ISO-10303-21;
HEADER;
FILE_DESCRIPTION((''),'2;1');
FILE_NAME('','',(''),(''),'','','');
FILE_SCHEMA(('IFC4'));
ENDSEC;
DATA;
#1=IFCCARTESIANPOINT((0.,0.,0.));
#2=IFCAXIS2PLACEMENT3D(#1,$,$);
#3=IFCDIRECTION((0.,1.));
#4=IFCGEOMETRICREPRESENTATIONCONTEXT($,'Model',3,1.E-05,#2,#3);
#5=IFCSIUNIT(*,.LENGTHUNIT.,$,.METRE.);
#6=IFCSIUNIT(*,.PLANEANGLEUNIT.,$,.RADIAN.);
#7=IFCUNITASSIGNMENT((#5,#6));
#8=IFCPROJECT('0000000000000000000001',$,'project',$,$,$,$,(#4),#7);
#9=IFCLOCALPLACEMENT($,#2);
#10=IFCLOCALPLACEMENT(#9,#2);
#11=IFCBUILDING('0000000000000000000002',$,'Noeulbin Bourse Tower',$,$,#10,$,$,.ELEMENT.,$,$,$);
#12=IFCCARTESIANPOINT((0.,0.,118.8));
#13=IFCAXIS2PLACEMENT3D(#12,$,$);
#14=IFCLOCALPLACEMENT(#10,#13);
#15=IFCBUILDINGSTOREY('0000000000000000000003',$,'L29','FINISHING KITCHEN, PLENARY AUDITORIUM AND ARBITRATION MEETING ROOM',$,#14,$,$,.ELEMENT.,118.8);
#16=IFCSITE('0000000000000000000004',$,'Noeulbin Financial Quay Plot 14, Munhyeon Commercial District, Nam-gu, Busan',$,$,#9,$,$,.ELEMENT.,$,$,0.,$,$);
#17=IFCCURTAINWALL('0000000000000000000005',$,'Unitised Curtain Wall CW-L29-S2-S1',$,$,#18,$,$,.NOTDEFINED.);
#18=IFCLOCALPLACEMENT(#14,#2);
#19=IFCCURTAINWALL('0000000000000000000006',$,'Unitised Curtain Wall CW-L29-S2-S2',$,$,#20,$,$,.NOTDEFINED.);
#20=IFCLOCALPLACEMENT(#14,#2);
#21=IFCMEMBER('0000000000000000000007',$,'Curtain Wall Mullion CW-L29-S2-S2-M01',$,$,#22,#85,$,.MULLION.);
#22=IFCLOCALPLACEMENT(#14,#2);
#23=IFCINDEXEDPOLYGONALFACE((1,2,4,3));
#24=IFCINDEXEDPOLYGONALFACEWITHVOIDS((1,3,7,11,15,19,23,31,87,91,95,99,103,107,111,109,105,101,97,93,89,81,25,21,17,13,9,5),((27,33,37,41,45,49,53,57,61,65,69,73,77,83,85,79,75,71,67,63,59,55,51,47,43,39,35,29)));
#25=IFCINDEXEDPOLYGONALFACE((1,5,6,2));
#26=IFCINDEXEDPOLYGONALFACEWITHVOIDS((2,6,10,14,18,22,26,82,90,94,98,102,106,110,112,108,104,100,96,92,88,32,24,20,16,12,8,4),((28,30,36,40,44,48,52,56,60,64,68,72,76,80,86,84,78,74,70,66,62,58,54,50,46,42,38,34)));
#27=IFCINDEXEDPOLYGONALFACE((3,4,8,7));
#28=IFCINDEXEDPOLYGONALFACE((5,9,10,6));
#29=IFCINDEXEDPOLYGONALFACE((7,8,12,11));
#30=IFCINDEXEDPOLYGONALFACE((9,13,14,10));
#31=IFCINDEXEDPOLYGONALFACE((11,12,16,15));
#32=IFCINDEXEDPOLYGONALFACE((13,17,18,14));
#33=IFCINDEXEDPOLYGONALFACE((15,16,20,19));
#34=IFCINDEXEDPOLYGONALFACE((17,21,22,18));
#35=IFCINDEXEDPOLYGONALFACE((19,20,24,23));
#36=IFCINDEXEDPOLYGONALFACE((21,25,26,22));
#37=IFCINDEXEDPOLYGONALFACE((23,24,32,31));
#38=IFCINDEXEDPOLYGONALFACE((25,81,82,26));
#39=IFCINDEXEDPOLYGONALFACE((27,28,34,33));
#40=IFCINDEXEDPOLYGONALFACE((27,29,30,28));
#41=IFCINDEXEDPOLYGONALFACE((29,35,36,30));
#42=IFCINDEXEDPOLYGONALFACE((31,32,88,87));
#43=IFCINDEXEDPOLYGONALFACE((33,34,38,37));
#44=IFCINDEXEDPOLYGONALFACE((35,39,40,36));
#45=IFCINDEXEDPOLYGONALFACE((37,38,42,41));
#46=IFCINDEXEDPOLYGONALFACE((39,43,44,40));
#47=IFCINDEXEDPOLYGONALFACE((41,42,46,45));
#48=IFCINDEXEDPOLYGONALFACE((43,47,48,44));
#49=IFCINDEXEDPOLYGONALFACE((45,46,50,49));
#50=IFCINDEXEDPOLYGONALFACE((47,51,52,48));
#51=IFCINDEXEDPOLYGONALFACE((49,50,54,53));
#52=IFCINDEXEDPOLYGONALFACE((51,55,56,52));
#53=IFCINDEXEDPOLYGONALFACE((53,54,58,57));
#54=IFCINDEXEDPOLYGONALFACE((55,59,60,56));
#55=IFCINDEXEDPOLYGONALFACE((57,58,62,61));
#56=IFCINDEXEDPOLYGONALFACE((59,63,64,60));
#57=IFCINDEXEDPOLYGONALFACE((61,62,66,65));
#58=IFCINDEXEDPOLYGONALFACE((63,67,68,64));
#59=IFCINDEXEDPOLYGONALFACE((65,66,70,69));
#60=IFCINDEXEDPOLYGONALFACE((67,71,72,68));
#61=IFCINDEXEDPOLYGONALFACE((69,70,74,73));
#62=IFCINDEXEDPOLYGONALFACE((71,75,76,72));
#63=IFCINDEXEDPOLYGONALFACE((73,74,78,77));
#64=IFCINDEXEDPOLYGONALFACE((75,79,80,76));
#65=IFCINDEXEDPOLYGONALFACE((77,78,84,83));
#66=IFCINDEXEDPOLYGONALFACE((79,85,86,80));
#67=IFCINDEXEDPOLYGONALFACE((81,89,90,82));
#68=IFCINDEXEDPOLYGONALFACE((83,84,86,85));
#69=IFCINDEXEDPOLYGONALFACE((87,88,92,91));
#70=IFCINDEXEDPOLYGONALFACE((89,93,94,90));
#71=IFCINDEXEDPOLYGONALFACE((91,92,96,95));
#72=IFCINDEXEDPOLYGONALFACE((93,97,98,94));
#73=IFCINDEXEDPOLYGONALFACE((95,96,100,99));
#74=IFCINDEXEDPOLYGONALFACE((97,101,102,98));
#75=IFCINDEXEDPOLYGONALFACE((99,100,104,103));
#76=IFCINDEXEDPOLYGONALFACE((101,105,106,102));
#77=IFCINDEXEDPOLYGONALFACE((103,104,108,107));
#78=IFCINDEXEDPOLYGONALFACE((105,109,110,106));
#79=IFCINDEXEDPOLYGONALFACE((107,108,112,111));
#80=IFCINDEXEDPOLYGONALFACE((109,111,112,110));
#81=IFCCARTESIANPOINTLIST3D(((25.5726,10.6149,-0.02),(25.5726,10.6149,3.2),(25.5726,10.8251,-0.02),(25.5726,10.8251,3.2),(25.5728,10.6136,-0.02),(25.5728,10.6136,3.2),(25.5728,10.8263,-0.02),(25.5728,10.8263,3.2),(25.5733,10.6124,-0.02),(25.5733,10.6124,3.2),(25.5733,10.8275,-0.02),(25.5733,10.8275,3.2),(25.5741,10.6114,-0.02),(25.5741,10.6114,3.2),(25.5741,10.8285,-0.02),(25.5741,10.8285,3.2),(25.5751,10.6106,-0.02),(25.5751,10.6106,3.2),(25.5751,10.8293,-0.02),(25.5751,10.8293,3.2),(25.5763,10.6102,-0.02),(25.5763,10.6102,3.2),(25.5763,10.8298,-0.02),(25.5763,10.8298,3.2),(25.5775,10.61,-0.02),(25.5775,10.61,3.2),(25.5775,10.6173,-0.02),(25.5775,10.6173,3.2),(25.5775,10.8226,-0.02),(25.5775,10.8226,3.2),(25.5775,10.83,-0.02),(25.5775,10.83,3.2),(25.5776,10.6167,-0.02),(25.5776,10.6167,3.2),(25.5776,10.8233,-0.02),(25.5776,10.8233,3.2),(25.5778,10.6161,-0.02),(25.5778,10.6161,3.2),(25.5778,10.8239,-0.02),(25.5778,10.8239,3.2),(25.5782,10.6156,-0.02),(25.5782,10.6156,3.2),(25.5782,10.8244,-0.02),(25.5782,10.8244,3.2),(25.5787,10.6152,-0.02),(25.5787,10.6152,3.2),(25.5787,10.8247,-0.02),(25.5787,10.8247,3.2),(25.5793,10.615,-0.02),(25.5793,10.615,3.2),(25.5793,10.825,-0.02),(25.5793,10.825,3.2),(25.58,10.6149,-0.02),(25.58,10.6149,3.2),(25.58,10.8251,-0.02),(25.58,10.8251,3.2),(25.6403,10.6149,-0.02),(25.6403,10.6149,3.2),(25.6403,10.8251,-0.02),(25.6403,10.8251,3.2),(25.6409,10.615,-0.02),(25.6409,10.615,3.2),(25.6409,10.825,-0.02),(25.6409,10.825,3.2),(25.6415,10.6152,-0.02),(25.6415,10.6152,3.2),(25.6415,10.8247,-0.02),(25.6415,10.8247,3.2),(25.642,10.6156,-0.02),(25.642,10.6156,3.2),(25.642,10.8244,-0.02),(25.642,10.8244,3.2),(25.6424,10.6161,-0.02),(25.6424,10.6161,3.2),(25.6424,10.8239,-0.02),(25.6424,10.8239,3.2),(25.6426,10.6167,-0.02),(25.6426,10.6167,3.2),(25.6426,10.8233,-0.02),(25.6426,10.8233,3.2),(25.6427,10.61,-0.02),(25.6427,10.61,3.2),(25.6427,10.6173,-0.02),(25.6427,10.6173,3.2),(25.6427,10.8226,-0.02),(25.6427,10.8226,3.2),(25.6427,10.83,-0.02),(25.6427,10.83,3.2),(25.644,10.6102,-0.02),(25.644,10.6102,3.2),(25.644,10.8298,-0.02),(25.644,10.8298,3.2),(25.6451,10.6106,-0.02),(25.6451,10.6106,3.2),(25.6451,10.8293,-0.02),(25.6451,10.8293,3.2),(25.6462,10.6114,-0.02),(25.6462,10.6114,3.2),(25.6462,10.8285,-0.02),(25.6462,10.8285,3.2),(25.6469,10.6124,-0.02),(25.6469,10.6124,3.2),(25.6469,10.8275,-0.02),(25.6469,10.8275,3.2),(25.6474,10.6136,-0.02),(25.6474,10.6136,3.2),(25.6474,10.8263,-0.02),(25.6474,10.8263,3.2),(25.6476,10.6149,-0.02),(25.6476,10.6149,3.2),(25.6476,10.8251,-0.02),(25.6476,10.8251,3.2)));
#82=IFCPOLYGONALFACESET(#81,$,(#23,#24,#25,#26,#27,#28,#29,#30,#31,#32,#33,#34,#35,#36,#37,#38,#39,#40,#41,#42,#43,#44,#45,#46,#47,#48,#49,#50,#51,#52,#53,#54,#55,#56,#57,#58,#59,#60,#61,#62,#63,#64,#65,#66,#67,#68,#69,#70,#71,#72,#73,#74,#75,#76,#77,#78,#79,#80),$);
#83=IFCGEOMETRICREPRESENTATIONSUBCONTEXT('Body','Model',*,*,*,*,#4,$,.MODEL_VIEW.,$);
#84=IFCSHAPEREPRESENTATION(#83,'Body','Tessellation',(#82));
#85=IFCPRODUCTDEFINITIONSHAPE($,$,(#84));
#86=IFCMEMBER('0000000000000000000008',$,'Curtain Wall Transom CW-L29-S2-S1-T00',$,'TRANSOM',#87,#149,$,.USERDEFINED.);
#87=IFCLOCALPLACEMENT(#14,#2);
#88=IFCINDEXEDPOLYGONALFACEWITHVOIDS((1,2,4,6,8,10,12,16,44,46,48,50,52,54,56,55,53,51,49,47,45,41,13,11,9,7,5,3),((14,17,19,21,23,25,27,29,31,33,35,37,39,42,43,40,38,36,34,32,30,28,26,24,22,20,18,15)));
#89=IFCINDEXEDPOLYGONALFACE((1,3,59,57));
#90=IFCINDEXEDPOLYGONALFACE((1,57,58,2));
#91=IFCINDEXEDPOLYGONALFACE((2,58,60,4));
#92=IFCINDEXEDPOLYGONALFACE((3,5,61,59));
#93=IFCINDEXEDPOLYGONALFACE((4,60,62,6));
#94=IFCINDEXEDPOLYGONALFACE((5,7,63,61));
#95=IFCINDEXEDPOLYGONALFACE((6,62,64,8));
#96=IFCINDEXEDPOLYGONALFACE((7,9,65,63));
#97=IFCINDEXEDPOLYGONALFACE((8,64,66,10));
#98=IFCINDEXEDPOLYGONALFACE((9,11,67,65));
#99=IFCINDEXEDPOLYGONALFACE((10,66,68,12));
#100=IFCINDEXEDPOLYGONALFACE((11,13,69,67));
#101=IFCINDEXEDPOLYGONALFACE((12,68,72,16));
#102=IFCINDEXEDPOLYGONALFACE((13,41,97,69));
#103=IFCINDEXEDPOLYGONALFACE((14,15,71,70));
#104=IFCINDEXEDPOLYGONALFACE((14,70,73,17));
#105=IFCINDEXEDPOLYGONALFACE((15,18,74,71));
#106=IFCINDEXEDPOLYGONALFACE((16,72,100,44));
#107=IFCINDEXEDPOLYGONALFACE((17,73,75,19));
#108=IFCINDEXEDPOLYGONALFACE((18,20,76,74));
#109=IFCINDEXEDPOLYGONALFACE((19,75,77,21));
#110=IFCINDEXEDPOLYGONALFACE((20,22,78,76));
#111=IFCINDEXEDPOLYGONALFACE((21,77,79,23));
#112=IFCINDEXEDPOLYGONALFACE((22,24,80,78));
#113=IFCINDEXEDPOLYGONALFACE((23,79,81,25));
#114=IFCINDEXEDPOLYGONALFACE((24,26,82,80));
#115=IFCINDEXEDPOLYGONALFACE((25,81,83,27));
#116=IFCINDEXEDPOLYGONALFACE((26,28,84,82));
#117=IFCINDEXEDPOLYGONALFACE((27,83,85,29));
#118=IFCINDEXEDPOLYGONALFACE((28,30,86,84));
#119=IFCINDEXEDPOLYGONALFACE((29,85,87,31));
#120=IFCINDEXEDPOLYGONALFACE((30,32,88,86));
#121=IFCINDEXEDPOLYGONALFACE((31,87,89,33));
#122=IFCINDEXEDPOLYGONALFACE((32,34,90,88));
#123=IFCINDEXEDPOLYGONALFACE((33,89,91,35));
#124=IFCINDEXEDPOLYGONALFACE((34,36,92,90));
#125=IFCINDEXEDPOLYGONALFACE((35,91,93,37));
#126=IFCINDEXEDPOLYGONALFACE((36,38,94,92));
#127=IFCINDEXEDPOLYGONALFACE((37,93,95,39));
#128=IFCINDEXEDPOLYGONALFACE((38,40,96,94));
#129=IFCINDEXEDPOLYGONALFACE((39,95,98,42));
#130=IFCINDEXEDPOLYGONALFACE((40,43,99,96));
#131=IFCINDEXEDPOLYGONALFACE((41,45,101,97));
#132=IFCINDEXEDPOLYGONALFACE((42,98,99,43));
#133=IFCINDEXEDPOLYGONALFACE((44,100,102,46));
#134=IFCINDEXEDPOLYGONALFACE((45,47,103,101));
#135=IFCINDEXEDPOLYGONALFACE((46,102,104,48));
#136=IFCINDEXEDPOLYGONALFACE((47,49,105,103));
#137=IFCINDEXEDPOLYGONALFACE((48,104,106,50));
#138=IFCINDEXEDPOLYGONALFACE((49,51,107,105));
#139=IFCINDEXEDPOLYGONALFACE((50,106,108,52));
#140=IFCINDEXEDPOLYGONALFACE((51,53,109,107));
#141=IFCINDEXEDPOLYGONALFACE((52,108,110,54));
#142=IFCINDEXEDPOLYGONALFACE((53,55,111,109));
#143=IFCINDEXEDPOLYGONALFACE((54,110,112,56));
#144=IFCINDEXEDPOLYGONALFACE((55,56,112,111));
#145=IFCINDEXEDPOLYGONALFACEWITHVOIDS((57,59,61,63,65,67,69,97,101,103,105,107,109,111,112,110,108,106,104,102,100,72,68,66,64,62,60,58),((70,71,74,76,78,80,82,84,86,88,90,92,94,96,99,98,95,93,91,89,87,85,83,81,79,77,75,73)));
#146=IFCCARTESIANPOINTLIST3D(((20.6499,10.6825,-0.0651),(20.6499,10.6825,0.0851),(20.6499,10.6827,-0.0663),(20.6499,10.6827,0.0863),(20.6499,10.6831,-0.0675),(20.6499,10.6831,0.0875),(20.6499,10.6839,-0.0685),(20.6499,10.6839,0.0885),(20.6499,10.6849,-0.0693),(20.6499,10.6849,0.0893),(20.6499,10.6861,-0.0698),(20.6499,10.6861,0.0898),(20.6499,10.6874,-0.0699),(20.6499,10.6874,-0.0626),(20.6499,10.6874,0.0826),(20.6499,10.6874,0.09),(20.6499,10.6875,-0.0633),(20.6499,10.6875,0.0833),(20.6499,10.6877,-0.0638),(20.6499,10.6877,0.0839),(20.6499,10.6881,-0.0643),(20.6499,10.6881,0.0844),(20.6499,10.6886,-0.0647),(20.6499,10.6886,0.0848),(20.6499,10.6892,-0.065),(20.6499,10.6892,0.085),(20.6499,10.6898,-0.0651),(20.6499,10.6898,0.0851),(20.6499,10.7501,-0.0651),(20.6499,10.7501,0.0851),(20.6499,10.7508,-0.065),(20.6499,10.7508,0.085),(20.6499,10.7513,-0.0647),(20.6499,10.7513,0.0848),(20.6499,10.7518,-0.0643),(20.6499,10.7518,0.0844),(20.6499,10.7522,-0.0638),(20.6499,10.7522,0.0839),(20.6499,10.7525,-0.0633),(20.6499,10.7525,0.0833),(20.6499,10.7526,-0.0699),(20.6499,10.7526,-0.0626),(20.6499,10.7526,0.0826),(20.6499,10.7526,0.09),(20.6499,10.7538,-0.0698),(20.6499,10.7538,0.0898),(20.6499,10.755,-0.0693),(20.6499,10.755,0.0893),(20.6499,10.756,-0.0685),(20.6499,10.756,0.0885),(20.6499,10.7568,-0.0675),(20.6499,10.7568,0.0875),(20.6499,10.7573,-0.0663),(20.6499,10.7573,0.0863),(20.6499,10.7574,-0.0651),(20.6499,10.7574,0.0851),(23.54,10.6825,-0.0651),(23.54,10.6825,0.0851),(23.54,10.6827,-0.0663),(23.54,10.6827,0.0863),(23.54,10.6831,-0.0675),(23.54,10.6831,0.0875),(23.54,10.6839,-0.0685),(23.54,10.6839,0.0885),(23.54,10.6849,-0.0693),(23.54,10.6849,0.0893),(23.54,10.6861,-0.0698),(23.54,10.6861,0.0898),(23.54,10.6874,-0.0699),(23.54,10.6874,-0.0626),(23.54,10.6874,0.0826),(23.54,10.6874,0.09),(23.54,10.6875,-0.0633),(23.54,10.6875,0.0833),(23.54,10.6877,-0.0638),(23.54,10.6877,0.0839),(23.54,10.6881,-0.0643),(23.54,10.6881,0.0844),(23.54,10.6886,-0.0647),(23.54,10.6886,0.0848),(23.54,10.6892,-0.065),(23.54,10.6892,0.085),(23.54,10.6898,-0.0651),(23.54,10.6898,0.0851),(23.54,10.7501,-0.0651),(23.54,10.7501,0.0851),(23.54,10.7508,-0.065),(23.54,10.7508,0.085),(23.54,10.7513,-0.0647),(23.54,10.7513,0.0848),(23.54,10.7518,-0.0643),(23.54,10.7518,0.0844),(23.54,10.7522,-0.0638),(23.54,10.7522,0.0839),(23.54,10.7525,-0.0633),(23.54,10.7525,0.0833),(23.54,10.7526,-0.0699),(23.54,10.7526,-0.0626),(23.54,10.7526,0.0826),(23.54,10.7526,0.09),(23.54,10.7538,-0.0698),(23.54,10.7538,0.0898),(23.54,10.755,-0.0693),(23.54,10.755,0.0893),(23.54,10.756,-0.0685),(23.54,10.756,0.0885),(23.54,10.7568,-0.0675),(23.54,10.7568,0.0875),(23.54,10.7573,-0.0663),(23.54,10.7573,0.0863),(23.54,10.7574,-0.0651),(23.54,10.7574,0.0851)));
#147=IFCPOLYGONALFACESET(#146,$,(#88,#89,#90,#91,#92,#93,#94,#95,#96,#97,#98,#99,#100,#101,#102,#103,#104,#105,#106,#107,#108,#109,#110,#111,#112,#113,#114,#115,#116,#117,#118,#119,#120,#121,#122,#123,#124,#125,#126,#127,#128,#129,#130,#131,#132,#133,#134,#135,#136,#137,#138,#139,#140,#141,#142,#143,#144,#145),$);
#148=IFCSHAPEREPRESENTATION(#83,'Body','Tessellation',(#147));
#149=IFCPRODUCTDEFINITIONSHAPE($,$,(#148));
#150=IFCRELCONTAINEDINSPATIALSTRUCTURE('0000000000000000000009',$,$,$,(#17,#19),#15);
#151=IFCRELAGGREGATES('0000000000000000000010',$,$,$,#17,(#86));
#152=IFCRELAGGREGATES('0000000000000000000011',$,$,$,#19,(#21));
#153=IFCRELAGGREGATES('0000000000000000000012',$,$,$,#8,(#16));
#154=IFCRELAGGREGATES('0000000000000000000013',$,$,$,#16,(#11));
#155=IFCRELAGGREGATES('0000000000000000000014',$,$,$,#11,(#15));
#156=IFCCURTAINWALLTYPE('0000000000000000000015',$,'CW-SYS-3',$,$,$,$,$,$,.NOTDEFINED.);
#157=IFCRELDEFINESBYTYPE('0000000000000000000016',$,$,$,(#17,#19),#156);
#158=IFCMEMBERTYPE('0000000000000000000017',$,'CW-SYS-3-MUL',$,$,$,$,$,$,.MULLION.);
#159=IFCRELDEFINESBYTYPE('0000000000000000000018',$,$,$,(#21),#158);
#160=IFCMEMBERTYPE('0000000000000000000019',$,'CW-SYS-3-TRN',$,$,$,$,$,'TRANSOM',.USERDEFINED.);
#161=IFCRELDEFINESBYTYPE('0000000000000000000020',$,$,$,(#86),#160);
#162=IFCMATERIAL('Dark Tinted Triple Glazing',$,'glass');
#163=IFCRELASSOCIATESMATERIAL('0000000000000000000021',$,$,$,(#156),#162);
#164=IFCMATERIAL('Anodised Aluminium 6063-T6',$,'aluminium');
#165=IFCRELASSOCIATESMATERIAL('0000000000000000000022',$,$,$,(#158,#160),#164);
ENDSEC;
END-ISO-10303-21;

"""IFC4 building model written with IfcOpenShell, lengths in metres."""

from ifc_helpers import new_model, si_unit, direction, frame, origin, origin_2d, place, context, subcontext, project, spatial, hollow_rectangle, extrude, material, material_profile, profile_set, type_object, element, aggregate, save


model = new_model("IFC4")

# Units and contexts
model_context = context("Model", 3, precision=1e-05, world=origin(), true_north=direction((0.0, 1.0)))
body_context = subcontext(model_context, "Body", "Model", "MODEL_VIEW")
ifc_project = project(units=[si_unit("LENGTHUNIT", "METRE"), si_unit("PLANEANGLEUNIT", "RADIAN")], contexts=[model_context])

# Site, building, storey
site_placement = place(None, origin())
site = spatial("IfcSite", under=ifc_project, at=site_placement, Name="Noeulbin Financial Quay Plot 14, Munhyeon Commercial District, Nam-gu, Busan", CompositionType="ELEMENT", RefElevation=0.0)
building_placement = place(site_placement, origin())
building = spatial("IfcBuilding", under=site, at=building_placement, Name="Noeulbin Bourse Tower", CompositionType="ELEMENT")
storey_placement = place(building_placement, frame((0.0, 0.0, 118.8)))
storey = spatial("IfcBuildingStorey", under=building, at=storey_placement, Name="L29", Description="FINISHING KITCHEN, PLENARY AUDITORIUM AND ARBITRATION MEETING ROOM", CompositionType="ELEMENT", Elevation=118.8)

# Shared definitions
ifc_material_1 = material(Name="Dark Tinted Triple Glazing", Category="glass")
curtain_wall_type = type_object("IfcCurtainWallType", Name="CW-SYS-3", PredefinedType="NOTDEFINED", material=ifc_material_1)
ifc_material_2 = material(Name="Anodised Aluminium 6063-T6", Category="aluminium")
ifc_material_profile_1 = material_profile(ifc_material_2, hollow_rectangle(XDim=0.075, YDim=0.22, WallThickness=0.0049, InnerFilletRadius=0.0024, OuterFilletRadius=0.0049, at=origin_2d()), Name="ALU-MULL-75x220x5", Category="LoadBearing")
ifc_profile_set_1 = profile_set([ifc_material_profile_1], Name="Anodised Aluminium 6063-T6")
member_type_1 = type_object("IfcMemberType", Name="CW-SYS-3-MUL", PredefinedType="MULLION", material=ifc_profile_set_1)

# Curtain walls, member
curtain_wall_1_placement = place(storey_placement, origin())
curtain_wall_1 = element("IfcCurtainWall", 1, at=curtain_wall_1_placement, inside=storey, type_object=curtain_wall_type, Name="Unitised Curtain Wall CW-L29-S2-S1", PredefinedType="NOTDEFINED")
curtain_wall_2_placement = place(storey_placement, origin())
curtain_wall_2 = element("IfcCurtainWall", 2, at=curtain_wall_2_placement, inside=storey, type_object=curtain_wall_type, Name="Unitised Curtain Wall CW-L29-S2-S2", PredefinedType="NOTDEFINED")
member_1_placement = place(storey_placement, frame((25.6101, 10.72, -0.02), z_axis=(0.0, 0.0, 1.0), x_axis=(1.0, 0.0, 0.0)))
member_1 = element("IfcMember", 3, at=member_1_placement, type_object=member_type_1, Name="Curtain Wall Mullion CW-L29-S2-S2-M01", PredefinedType="MULLION", context=body_context, shape_type="SweptSolid", body=[
    extrude(hollow_rectangle(XDim=0.075, YDim=0.22, WallThickness=0.0049, InnerFilletRadius=0.0024, OuterFilletRadius=0.0049, at=origin_2d()), origin(), (0.0, 0.0, 1.0), 3.22),
])

# Member
ifc_material_profile_2 = material_profile(ifc_material_2, hollow_rectangle(XDim=0.075, YDim=0.1599, WallThickness=0.0049, InnerFilletRadius=0.0024, OuterFilletRadius=0.0049, at=origin_2d()), Name="ALU-TRAN-75x160x5", Category="LoadBearing")
ifc_profile_set_2 = profile_set([ifc_material_profile_2], Name="Anodised Aluminium 6063-T6")
member_type_2 = type_object("IfcMemberType", Name="CW-SYS-3-TRN", ElementType="TRANSOM", PredefinedType="USERDEFINED", material=ifc_profile_set_2)
member_2_placement = place(storey_placement, frame((20.6499, 10.72, 0.01), z_axis=(1.0, 0.0, 0.0), x_axis=(0.0, 1.0, 0.0)))
member_2 = element("IfcMember", 4, at=member_2_placement, type_object=member_type_2, Name="Curtain Wall Transom CW-L29-S2-S1-T00", ObjectType="TRANSOM", PredefinedType="USERDEFINED", context=body_context, shape_type="SweptSolid", body=[
    extrude(hollow_rectangle(XDim=0.075, YDim=0.1599, WallThickness=0.0049, InnerFilletRadius=0.0024, OuterFilletRadius=0.0049, at=origin_2d()), origin(), (0.0, 0.0, 1.0), 2.8901),
])

aggregate(curtain_wall_1, [member_2])
aggregate(curtain_wall_2, [member_1])

save(model, "model.ifc")
